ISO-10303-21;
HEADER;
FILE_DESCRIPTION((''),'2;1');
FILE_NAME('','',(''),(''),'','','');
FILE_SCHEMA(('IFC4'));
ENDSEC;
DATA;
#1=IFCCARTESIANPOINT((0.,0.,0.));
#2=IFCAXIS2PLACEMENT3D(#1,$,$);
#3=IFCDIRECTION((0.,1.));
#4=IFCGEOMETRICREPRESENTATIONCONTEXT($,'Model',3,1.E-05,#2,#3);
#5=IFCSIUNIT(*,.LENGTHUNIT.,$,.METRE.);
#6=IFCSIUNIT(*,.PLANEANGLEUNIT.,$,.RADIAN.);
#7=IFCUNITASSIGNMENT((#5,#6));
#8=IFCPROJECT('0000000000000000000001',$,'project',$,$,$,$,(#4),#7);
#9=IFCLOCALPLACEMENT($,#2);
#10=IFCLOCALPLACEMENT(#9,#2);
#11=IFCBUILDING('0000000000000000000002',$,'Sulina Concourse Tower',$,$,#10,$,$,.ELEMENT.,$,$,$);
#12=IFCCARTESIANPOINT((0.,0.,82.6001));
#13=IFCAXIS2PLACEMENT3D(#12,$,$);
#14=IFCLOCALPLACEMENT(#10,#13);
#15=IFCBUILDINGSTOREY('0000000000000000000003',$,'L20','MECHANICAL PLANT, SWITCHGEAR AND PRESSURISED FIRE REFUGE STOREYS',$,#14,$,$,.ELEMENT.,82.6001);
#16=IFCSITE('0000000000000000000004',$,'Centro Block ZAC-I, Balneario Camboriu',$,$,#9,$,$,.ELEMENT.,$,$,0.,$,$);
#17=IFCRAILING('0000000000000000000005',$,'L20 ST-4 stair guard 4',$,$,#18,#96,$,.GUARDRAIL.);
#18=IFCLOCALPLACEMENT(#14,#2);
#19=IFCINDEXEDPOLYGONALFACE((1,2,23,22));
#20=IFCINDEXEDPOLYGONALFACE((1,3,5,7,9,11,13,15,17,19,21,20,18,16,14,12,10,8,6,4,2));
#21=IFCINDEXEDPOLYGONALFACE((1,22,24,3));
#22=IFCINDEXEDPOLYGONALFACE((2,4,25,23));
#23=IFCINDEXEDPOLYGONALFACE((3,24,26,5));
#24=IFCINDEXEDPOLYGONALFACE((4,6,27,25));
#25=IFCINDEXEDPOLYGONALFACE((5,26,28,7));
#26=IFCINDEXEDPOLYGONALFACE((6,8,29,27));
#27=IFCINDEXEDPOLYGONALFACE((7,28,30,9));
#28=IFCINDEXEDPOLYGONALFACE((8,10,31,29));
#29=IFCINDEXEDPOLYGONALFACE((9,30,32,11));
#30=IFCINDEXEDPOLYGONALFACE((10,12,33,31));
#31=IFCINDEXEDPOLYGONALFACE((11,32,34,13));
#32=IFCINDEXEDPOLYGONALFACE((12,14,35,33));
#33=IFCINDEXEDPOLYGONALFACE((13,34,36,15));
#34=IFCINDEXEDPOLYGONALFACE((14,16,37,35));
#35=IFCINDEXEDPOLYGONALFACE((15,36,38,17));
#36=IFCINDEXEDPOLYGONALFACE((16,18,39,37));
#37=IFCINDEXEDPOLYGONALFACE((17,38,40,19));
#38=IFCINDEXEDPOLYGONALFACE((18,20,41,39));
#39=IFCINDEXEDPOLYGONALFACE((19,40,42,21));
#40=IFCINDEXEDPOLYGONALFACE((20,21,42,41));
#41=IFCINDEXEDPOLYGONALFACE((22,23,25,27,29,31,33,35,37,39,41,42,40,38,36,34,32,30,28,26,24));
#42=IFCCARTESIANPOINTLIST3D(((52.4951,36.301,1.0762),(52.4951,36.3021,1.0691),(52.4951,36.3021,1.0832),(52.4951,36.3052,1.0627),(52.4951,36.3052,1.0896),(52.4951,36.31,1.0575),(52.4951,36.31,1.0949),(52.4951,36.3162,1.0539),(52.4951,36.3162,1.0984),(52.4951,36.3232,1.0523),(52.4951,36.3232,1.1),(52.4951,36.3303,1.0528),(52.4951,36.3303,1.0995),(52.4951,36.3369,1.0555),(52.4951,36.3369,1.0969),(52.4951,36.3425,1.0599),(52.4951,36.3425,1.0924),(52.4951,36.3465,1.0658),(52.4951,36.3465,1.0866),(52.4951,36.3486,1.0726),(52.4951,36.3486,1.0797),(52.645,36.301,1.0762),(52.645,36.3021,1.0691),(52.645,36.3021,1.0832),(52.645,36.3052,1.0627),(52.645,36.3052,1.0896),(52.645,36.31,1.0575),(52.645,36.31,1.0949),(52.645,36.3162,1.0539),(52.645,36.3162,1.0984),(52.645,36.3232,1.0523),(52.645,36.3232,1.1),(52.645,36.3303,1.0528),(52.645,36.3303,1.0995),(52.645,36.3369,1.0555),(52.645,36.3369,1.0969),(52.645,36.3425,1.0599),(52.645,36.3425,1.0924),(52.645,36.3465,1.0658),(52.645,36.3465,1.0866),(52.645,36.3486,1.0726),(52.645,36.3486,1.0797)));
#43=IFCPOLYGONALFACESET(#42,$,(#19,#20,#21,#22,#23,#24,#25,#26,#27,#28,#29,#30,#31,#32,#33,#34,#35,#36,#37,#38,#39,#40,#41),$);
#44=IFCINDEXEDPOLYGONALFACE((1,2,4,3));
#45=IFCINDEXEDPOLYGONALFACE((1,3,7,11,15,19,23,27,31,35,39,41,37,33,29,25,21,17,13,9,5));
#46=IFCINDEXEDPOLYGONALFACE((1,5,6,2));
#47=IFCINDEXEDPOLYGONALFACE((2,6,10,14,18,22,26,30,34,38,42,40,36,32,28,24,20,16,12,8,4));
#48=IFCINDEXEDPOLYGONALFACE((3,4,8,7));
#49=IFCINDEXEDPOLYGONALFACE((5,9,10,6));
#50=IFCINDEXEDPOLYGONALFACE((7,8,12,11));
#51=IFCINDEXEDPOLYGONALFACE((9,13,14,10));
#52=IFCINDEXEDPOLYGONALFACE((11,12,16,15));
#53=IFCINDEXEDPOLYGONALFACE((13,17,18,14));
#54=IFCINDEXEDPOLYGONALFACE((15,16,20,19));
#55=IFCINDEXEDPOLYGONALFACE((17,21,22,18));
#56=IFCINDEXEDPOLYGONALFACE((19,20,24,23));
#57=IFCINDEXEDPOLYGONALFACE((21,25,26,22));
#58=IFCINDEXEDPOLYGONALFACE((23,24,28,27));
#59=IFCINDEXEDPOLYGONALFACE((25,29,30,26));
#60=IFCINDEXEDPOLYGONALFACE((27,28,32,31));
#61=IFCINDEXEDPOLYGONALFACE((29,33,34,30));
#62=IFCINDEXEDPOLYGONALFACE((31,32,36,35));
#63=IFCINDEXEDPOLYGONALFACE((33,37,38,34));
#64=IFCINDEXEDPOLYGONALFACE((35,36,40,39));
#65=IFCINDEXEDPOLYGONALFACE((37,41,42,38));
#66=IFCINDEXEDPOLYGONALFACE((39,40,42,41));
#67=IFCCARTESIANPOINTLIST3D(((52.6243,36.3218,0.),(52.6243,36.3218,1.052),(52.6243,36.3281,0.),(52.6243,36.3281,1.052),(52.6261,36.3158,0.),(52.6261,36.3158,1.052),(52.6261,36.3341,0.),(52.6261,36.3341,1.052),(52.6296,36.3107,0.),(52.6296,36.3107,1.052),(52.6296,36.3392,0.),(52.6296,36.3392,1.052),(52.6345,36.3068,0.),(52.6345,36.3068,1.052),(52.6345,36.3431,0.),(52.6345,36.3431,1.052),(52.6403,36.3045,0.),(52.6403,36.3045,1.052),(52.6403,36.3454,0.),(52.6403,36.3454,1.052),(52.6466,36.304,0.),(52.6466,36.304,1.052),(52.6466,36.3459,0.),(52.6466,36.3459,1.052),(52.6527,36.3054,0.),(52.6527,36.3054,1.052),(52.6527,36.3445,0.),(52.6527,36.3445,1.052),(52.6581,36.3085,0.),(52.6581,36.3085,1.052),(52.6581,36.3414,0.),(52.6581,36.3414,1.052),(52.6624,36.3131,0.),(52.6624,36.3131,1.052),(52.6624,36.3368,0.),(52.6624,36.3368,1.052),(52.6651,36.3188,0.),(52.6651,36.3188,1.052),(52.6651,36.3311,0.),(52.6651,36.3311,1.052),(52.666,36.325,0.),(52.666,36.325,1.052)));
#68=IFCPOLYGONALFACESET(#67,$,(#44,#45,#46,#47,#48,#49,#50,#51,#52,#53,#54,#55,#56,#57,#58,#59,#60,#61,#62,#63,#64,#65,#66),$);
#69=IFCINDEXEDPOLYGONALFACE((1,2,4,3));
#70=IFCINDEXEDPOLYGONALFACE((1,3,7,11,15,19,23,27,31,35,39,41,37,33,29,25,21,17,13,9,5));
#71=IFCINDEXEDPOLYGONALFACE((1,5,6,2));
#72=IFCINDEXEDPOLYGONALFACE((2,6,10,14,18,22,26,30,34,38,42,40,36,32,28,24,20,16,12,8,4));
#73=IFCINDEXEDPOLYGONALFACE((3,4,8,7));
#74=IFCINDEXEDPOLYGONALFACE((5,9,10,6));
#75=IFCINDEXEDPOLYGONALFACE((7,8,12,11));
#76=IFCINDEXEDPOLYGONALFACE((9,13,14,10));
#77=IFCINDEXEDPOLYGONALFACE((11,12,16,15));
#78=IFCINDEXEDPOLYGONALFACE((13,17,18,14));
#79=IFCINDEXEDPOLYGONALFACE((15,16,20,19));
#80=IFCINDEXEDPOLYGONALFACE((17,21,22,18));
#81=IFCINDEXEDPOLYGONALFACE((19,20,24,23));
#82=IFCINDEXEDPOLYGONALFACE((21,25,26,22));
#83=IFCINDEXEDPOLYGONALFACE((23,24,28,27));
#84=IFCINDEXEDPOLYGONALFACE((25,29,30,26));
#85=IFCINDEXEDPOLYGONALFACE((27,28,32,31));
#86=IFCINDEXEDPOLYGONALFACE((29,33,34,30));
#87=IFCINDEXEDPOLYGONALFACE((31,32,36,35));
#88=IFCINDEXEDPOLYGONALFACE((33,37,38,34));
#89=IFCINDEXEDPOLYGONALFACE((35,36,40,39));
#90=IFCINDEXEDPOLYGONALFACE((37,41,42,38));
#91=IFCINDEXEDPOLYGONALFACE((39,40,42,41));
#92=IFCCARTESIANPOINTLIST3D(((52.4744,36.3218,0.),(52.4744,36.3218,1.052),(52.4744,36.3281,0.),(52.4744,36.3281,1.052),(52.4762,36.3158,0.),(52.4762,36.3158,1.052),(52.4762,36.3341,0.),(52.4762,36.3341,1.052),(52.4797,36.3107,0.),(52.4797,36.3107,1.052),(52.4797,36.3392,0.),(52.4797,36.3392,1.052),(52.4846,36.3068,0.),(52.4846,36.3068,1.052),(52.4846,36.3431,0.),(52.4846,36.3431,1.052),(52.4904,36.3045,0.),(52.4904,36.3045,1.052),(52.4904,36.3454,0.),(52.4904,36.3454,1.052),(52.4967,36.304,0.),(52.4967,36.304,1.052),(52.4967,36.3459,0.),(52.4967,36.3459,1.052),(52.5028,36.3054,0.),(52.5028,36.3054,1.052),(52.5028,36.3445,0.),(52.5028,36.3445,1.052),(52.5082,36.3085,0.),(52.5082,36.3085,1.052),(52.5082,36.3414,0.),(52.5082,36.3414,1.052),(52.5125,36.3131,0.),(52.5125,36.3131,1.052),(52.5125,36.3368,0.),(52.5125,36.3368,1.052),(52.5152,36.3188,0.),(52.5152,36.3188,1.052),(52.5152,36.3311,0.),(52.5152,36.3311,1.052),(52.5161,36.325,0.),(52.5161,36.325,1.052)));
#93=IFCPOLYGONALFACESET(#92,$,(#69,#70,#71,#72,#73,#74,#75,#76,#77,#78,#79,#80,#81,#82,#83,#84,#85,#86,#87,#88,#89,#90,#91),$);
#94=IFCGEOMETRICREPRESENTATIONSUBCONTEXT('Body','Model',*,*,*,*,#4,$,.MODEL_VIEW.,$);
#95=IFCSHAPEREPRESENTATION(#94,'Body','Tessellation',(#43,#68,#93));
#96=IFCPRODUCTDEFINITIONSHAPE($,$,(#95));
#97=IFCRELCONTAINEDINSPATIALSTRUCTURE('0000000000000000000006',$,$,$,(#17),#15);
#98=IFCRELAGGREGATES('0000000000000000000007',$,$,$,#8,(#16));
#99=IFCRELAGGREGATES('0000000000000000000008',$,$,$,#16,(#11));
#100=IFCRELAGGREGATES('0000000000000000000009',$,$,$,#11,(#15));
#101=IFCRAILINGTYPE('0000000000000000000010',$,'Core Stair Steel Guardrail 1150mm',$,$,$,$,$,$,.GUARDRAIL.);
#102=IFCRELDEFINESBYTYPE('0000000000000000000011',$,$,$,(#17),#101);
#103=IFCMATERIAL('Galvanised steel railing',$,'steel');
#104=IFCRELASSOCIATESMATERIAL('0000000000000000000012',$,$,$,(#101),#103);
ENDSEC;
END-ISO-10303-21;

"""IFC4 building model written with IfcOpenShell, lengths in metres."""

from ifc_helpers import new_model, si_unit, direction, frame, origin, origin_2d, place, context, subcontext, project, spatial, circle, extrude, material, type_object, element, save


model = new_model("IFC4")

# Units and contexts
model_context = context("Model", 3, precision=1e-05, world=origin(), true_north=direction((0.0, 1.0)))
body_context = subcontext(model_context, "Body", "Model", "MODEL_VIEW")
ifc_project = project(units=[si_unit("LENGTHUNIT", "METRE"), si_unit("PLANEANGLEUNIT", "RADIAN")], contexts=[model_context])

# Site, building, storey
site_placement = place(None, origin())
site = spatial("IfcSite", under=ifc_project, at=site_placement, Name="Centro Block ZAC-I, Balneario Camboriu", CompositionType="ELEMENT", RefElevation=0.0)
building_placement = place(site_placement, origin())
building = spatial("IfcBuilding", under=site, at=building_placement, Name="Sulina Concourse Tower", CompositionType="ELEMENT")
storey_placement = place(building_placement, frame((0.0, 0.0, 82.6001)))
storey = spatial("IfcBuildingStorey", under=building, at=storey_placement, Name="L20", Description="MECHANICAL PLANT, SWITCHGEAR AND PRESSURISED FIRE REFUGE STOREYS", CompositionType="ELEMENT", Elevation=82.6001)

# Railing
ifc_material_1 = material(Name="Galvanised steel railing", Category="steel")
railing_type_1 = type_object("IfcRailingType", Name="Core Stair Steel Guardrail 1150mm", PredefinedType="GUARDRAIL", material=ifc_material_1)
railing_1_placement = place(storey_placement, frame((52.645, 36.325, 0.0)))
element("IfcRailing", 1, at=railing_1_placement, inside=storey, type_object=railing_type_1, Name="L20 ST-4 stair guard 4", PredefinedType="GUARDRAIL", context=body_context, shape_type="SweptSolid", body=[
    extrude(circle(Radius=0.0239, at=origin_2d()), frame((0.0, 0.0, 1.0762), z_axis=(-1.0, 0.0, 0.0), x_axis=(0.0, -1.0, 0.0)), (0.0, 0.0, 1.0), 0.1499),
    extrude(circle(Radius=0.021, at=origin_2d()), origin(), (0.0, 0.0, 1.0), 1.052),
    extrude(circle(Radius=0.021, at=origin_2d()), frame((-0.1499, 0.0, 0.0)), (0.0, 0.0, 1.0), 1.052),
])

save(model, "model.ifc")
